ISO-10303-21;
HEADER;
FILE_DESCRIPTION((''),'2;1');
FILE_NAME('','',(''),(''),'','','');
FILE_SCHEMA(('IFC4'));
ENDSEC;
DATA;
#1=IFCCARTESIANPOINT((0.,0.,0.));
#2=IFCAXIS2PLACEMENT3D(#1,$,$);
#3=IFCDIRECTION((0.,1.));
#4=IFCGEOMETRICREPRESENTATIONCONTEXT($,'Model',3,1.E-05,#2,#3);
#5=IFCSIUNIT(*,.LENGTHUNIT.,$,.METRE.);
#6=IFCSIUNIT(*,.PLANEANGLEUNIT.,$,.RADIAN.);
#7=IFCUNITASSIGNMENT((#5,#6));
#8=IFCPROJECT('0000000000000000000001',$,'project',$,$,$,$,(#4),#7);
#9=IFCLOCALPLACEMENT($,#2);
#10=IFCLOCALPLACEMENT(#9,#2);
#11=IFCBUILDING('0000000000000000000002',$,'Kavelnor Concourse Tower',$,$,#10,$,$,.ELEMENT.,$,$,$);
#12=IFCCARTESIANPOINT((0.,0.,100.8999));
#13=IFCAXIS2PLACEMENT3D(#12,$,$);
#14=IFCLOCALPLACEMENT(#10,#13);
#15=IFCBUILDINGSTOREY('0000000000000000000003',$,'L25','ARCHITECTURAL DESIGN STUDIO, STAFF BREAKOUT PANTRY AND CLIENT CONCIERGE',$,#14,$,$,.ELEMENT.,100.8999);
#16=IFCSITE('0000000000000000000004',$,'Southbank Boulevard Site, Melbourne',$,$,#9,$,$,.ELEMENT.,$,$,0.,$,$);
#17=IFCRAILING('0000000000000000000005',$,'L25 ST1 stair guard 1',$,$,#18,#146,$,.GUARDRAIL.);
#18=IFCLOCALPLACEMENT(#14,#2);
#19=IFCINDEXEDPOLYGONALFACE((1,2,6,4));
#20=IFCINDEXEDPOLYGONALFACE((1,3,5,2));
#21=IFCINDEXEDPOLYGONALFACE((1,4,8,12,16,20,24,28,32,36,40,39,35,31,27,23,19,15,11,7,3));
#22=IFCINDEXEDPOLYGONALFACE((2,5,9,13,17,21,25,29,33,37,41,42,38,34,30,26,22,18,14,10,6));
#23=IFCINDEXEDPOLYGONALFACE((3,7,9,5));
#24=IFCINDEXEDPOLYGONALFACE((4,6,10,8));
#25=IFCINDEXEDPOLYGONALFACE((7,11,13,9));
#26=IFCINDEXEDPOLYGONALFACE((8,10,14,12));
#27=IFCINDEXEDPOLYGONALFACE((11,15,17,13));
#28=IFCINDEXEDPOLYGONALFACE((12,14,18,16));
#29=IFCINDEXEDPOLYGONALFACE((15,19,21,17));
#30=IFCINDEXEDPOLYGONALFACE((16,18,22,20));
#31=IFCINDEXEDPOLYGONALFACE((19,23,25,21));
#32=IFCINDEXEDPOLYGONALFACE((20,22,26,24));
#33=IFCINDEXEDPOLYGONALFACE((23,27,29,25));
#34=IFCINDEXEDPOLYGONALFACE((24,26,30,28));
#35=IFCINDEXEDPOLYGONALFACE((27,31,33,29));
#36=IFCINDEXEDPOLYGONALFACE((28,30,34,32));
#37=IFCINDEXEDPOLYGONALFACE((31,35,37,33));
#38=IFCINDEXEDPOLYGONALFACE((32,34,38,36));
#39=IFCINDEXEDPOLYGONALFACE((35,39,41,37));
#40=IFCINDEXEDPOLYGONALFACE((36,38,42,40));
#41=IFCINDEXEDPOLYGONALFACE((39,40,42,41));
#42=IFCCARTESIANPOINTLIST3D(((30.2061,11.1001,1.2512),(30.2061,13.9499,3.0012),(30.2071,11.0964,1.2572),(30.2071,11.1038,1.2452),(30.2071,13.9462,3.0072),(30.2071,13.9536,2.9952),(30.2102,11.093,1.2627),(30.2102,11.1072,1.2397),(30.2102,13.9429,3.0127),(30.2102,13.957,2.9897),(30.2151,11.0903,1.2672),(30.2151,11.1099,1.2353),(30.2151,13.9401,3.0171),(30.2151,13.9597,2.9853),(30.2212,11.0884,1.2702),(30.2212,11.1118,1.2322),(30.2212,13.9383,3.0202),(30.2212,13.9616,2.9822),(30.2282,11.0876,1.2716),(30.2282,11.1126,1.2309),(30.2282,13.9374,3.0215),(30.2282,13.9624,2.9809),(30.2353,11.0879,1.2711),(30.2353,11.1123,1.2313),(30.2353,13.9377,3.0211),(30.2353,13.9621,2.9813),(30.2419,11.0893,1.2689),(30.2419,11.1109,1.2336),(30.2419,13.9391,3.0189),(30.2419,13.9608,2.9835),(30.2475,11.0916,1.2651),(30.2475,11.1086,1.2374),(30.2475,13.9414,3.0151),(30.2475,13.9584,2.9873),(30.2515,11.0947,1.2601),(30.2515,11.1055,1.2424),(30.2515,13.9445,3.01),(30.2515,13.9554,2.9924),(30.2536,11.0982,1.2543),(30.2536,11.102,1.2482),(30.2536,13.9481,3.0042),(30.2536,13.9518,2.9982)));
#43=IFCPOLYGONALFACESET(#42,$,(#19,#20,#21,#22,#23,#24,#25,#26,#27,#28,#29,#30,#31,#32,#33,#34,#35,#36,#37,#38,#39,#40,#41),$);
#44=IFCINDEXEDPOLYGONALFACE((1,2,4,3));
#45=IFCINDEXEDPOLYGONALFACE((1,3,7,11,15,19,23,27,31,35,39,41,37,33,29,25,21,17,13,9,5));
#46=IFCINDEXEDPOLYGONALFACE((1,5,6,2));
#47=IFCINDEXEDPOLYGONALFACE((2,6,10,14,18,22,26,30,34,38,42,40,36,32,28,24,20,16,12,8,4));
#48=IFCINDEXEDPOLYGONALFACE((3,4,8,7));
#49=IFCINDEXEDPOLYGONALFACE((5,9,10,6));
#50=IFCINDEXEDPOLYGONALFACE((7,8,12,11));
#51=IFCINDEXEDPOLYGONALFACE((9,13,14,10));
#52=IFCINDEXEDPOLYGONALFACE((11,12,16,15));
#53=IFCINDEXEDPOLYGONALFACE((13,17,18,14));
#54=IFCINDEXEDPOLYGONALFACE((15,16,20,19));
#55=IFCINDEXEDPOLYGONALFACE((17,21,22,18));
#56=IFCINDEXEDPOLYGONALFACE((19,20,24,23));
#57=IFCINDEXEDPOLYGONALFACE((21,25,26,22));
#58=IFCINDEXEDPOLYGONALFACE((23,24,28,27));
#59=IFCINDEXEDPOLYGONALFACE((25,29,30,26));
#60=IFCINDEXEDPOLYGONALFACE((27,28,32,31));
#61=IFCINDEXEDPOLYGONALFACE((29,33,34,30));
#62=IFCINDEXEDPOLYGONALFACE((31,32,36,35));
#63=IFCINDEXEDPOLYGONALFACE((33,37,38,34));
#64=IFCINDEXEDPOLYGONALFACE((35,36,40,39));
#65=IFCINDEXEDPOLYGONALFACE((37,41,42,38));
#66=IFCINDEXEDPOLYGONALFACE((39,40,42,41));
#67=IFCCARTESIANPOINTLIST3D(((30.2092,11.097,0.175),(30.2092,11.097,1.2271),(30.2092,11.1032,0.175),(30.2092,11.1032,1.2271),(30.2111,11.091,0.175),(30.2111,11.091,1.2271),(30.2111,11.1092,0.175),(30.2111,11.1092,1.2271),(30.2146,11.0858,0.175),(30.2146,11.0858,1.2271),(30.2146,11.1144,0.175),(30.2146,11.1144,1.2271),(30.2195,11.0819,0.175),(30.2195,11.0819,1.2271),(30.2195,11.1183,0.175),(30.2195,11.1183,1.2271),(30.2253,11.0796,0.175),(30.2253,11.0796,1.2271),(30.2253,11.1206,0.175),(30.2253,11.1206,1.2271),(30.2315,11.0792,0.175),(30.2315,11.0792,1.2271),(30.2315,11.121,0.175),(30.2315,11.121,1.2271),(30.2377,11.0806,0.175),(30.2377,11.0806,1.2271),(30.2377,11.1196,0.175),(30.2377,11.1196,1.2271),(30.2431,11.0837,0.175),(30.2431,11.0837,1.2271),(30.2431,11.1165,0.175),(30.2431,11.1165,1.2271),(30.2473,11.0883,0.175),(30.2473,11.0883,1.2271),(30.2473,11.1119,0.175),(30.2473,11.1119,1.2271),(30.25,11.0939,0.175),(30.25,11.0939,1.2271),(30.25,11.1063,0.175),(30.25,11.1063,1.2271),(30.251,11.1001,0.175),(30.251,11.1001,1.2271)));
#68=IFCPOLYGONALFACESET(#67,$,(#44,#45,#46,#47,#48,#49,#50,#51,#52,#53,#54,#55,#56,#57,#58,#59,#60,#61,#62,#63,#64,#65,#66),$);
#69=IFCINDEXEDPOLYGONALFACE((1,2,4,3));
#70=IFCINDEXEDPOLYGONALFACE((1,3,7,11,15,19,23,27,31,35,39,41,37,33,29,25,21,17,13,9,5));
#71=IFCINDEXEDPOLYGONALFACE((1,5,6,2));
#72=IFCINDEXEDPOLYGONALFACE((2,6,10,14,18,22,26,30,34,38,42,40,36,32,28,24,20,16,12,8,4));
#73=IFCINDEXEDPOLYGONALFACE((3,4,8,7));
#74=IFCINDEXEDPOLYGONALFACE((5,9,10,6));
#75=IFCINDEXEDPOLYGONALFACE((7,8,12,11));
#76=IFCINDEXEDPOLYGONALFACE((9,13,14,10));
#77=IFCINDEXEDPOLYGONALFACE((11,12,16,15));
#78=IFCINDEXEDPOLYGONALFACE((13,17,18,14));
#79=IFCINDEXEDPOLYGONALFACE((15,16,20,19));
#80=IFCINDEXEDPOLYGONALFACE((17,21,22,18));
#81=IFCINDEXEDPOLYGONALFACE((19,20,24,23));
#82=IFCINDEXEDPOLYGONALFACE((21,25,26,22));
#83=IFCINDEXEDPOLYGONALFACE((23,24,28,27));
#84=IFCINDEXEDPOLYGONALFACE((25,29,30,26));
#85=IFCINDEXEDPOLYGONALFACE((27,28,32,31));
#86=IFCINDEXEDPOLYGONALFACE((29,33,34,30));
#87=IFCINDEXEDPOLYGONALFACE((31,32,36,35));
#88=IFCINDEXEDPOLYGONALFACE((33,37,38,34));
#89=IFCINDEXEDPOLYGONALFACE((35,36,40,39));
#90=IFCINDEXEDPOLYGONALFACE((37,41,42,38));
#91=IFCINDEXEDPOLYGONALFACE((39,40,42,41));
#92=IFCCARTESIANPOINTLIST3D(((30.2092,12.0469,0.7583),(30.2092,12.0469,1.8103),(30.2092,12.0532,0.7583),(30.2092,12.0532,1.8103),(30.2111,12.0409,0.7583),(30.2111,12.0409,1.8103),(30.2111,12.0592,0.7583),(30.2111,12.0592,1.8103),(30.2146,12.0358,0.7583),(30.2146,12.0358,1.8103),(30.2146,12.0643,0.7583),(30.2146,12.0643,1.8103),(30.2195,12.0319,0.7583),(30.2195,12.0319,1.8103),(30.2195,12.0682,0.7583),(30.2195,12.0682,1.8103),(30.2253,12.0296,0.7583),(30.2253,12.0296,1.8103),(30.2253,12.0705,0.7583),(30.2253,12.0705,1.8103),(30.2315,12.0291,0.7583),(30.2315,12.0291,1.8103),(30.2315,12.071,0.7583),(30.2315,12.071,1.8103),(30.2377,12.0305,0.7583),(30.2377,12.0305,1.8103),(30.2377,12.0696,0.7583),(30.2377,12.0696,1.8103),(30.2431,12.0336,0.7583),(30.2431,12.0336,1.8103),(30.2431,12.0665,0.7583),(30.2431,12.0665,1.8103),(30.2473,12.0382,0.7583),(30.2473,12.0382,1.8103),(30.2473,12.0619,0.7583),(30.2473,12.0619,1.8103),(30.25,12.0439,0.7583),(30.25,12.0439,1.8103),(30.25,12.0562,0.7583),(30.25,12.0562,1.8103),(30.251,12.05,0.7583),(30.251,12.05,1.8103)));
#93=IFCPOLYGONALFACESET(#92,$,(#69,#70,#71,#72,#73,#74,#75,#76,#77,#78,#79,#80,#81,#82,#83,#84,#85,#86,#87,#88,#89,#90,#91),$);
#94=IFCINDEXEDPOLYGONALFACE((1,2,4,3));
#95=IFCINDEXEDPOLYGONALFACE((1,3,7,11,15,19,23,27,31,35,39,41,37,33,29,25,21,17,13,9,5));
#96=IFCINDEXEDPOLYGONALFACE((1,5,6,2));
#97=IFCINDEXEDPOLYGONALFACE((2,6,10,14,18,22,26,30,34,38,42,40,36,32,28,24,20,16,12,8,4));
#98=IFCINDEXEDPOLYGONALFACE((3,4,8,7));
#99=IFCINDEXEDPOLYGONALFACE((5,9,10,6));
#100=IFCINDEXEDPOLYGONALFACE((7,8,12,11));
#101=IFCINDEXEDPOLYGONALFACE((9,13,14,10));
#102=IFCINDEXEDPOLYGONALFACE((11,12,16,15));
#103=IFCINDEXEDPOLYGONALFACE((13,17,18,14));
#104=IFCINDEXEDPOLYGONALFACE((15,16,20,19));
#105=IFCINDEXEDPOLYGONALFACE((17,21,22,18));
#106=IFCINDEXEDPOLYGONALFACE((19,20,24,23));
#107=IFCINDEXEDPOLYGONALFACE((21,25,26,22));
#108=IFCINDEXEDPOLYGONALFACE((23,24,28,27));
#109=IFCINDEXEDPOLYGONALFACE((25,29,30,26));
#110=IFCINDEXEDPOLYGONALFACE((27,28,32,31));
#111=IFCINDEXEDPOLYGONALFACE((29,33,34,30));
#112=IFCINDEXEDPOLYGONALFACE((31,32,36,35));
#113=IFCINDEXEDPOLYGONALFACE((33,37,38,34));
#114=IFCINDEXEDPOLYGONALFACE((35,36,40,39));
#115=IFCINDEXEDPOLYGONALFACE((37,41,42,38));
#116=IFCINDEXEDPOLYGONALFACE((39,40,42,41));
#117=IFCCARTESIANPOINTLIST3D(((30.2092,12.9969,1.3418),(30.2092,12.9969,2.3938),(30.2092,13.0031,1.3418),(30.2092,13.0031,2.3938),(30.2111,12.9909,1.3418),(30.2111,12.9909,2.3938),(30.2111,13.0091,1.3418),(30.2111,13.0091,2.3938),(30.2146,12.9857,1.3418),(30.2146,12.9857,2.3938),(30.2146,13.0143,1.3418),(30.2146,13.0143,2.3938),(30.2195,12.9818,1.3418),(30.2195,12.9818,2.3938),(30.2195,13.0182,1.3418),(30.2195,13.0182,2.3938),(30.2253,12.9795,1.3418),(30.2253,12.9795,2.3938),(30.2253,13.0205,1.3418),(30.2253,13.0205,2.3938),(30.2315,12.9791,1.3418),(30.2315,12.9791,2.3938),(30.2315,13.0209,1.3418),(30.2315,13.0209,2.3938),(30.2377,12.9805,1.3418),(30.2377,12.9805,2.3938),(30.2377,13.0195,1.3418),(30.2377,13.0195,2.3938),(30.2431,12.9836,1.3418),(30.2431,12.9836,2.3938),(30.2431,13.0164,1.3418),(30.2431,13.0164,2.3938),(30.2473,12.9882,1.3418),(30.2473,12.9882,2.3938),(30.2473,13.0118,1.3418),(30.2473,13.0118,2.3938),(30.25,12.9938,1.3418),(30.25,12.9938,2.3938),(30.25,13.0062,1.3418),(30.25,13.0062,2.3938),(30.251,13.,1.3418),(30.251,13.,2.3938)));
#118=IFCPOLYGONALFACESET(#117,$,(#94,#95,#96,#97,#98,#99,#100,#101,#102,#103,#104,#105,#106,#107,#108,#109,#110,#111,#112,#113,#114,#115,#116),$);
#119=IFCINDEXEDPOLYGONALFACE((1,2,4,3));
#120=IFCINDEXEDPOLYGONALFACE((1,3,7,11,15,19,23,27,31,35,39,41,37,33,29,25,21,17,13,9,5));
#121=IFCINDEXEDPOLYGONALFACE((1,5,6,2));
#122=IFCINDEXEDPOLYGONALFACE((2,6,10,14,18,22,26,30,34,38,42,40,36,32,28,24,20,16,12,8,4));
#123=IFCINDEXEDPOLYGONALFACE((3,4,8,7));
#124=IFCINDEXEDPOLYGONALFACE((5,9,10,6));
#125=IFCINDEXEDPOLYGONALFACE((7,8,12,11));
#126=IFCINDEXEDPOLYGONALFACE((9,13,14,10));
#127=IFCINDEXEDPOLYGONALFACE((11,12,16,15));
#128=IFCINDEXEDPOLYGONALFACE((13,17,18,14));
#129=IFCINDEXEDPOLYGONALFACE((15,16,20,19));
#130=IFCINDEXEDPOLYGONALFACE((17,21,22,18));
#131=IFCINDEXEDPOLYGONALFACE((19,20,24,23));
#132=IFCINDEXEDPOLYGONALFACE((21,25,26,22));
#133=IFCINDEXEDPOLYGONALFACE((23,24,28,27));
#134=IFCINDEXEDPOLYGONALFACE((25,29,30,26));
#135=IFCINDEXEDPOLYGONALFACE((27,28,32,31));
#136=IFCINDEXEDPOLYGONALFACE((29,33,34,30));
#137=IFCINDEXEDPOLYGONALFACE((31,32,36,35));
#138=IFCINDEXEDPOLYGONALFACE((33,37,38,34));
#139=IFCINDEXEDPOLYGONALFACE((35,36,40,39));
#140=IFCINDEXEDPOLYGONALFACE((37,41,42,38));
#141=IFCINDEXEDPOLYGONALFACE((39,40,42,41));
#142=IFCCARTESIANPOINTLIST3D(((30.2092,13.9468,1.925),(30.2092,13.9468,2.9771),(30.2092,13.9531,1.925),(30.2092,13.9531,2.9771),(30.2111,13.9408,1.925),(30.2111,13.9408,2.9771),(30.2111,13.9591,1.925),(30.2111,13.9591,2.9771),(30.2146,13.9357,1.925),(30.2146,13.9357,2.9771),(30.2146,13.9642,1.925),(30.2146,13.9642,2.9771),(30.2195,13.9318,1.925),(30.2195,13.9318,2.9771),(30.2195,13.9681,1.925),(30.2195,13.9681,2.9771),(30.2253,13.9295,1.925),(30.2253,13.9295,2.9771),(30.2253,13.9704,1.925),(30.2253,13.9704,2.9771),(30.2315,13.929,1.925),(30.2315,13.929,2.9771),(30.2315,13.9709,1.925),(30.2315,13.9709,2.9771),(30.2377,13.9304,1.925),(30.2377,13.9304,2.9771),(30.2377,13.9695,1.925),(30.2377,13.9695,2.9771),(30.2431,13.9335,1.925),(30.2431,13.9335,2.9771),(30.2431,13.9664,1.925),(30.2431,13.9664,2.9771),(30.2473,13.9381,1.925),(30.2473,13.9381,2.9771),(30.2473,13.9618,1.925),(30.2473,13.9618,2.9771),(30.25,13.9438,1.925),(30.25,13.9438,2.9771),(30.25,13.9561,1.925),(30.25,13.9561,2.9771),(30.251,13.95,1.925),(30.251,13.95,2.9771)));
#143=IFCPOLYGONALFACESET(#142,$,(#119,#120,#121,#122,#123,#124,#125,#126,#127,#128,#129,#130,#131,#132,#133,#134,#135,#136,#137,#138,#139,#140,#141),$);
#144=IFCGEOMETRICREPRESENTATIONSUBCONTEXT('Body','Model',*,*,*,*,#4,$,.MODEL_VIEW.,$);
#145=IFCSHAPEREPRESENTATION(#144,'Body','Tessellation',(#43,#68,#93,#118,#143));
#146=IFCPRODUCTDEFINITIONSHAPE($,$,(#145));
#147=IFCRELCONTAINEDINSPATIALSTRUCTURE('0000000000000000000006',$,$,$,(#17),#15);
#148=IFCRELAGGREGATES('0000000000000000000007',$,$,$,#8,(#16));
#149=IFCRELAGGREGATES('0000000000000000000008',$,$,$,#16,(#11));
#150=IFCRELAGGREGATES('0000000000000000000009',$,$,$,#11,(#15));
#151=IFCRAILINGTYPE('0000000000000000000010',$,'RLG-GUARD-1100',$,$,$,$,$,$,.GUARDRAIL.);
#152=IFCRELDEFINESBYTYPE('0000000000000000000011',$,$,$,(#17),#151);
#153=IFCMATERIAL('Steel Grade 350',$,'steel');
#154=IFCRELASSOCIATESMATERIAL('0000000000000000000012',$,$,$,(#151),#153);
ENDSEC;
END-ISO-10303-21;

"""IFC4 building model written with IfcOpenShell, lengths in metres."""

from ifc_helpers import new_model, si_unit, direction, frame, origin, origin_2d, place, context, subcontext, project, spatial, circle, extrude, material, type_object, element, save


model = new_model("IFC4")

# Units and contexts
model_context = context("Model", 3, precision=1e-05, world=origin(), true_north=direction((0.0, 1.0)))
body_context = subcontext(model_context, "Body", "Model", "MODEL_VIEW")
ifc_project = project(units=[si_unit("LENGTHUNIT", "METRE"), si_unit("PLANEANGLEUNIT", "RADIAN")], contexts=[model_context])

# Site, building, storey
site_placement = place(None, origin())
site = spatial("IfcSite", under=ifc_project, at=site_placement, Name="Southbank Boulevard Site, Melbourne", CompositionType="ELEMENT", RefElevation=0.0)
building_placement = place(site_placement, origin())
building = spatial("IfcBuilding", under=site, at=building_placement, Name="Kavelnor Concourse Tower", CompositionType="ELEMENT")
storey_placement = place(building_placement, frame((0.0, 0.0, 100.8999)))
storey = spatial("IfcBuildingStorey", under=building, at=storey_placement, Name="L25", Description="ARCHITECTURAL DESIGN STUDIO, STAFF BREAKOUT PANTRY AND CLIENT CONCIERGE", CompositionType="ELEMENT", Elevation=100.8999)

# Shared definitions
ifc_material_1 = material(Name="Steel Grade 350", Category="steel")

# Railing
railing_type_1 = type_object("IfcRailingType", Name="RLG-GUARD-1100", PredefinedType="GUARDRAIL", material=ifc_material_1)
railing_1_placement = place(storey_placement, frame((30.23, 11.1001, 0.175)))
element("IfcRailing", 1, at=railing_1_placement, inside=storey, type_object=railing_type_1, Name="L25 ST1 stair guard 1", PredefinedType="GUARDRAIL", context=body_context, shape_type="SweptSolid", body=[
    extrude(circle(Radius=0.0239, at=origin_2d()), frame((0.0, 0.0, 1.0762), z_axis=(0.0, 0.852159, 0.523283), x_axis=(-1.0, 0.0, 0.0)), (0.0, 0.0, 1.0), 3.3442),
    extrude(circle(Radius=0.021, at=origin_2d()), origin(), (0.0, 0.0, 1.0), 1.052),
    extrude(circle(Radius=0.021, at=origin_2d()), frame((0.0, 0.95, 0.5833)), (0.0, 0.0, 1.0), 1.052),
    extrude(circle(Radius=0.021, at=origin_2d()), frame((0.0, 1.8999, 1.1667)), (0.0, 0.0, 1.0), 1.052),
    extrude(circle(Radius=0.021, at=origin_2d()), frame((0.0, 2.8499, 1.75)), (0.0, 0.0, 1.0), 1.052),
])

save(model, "model.ifc")
